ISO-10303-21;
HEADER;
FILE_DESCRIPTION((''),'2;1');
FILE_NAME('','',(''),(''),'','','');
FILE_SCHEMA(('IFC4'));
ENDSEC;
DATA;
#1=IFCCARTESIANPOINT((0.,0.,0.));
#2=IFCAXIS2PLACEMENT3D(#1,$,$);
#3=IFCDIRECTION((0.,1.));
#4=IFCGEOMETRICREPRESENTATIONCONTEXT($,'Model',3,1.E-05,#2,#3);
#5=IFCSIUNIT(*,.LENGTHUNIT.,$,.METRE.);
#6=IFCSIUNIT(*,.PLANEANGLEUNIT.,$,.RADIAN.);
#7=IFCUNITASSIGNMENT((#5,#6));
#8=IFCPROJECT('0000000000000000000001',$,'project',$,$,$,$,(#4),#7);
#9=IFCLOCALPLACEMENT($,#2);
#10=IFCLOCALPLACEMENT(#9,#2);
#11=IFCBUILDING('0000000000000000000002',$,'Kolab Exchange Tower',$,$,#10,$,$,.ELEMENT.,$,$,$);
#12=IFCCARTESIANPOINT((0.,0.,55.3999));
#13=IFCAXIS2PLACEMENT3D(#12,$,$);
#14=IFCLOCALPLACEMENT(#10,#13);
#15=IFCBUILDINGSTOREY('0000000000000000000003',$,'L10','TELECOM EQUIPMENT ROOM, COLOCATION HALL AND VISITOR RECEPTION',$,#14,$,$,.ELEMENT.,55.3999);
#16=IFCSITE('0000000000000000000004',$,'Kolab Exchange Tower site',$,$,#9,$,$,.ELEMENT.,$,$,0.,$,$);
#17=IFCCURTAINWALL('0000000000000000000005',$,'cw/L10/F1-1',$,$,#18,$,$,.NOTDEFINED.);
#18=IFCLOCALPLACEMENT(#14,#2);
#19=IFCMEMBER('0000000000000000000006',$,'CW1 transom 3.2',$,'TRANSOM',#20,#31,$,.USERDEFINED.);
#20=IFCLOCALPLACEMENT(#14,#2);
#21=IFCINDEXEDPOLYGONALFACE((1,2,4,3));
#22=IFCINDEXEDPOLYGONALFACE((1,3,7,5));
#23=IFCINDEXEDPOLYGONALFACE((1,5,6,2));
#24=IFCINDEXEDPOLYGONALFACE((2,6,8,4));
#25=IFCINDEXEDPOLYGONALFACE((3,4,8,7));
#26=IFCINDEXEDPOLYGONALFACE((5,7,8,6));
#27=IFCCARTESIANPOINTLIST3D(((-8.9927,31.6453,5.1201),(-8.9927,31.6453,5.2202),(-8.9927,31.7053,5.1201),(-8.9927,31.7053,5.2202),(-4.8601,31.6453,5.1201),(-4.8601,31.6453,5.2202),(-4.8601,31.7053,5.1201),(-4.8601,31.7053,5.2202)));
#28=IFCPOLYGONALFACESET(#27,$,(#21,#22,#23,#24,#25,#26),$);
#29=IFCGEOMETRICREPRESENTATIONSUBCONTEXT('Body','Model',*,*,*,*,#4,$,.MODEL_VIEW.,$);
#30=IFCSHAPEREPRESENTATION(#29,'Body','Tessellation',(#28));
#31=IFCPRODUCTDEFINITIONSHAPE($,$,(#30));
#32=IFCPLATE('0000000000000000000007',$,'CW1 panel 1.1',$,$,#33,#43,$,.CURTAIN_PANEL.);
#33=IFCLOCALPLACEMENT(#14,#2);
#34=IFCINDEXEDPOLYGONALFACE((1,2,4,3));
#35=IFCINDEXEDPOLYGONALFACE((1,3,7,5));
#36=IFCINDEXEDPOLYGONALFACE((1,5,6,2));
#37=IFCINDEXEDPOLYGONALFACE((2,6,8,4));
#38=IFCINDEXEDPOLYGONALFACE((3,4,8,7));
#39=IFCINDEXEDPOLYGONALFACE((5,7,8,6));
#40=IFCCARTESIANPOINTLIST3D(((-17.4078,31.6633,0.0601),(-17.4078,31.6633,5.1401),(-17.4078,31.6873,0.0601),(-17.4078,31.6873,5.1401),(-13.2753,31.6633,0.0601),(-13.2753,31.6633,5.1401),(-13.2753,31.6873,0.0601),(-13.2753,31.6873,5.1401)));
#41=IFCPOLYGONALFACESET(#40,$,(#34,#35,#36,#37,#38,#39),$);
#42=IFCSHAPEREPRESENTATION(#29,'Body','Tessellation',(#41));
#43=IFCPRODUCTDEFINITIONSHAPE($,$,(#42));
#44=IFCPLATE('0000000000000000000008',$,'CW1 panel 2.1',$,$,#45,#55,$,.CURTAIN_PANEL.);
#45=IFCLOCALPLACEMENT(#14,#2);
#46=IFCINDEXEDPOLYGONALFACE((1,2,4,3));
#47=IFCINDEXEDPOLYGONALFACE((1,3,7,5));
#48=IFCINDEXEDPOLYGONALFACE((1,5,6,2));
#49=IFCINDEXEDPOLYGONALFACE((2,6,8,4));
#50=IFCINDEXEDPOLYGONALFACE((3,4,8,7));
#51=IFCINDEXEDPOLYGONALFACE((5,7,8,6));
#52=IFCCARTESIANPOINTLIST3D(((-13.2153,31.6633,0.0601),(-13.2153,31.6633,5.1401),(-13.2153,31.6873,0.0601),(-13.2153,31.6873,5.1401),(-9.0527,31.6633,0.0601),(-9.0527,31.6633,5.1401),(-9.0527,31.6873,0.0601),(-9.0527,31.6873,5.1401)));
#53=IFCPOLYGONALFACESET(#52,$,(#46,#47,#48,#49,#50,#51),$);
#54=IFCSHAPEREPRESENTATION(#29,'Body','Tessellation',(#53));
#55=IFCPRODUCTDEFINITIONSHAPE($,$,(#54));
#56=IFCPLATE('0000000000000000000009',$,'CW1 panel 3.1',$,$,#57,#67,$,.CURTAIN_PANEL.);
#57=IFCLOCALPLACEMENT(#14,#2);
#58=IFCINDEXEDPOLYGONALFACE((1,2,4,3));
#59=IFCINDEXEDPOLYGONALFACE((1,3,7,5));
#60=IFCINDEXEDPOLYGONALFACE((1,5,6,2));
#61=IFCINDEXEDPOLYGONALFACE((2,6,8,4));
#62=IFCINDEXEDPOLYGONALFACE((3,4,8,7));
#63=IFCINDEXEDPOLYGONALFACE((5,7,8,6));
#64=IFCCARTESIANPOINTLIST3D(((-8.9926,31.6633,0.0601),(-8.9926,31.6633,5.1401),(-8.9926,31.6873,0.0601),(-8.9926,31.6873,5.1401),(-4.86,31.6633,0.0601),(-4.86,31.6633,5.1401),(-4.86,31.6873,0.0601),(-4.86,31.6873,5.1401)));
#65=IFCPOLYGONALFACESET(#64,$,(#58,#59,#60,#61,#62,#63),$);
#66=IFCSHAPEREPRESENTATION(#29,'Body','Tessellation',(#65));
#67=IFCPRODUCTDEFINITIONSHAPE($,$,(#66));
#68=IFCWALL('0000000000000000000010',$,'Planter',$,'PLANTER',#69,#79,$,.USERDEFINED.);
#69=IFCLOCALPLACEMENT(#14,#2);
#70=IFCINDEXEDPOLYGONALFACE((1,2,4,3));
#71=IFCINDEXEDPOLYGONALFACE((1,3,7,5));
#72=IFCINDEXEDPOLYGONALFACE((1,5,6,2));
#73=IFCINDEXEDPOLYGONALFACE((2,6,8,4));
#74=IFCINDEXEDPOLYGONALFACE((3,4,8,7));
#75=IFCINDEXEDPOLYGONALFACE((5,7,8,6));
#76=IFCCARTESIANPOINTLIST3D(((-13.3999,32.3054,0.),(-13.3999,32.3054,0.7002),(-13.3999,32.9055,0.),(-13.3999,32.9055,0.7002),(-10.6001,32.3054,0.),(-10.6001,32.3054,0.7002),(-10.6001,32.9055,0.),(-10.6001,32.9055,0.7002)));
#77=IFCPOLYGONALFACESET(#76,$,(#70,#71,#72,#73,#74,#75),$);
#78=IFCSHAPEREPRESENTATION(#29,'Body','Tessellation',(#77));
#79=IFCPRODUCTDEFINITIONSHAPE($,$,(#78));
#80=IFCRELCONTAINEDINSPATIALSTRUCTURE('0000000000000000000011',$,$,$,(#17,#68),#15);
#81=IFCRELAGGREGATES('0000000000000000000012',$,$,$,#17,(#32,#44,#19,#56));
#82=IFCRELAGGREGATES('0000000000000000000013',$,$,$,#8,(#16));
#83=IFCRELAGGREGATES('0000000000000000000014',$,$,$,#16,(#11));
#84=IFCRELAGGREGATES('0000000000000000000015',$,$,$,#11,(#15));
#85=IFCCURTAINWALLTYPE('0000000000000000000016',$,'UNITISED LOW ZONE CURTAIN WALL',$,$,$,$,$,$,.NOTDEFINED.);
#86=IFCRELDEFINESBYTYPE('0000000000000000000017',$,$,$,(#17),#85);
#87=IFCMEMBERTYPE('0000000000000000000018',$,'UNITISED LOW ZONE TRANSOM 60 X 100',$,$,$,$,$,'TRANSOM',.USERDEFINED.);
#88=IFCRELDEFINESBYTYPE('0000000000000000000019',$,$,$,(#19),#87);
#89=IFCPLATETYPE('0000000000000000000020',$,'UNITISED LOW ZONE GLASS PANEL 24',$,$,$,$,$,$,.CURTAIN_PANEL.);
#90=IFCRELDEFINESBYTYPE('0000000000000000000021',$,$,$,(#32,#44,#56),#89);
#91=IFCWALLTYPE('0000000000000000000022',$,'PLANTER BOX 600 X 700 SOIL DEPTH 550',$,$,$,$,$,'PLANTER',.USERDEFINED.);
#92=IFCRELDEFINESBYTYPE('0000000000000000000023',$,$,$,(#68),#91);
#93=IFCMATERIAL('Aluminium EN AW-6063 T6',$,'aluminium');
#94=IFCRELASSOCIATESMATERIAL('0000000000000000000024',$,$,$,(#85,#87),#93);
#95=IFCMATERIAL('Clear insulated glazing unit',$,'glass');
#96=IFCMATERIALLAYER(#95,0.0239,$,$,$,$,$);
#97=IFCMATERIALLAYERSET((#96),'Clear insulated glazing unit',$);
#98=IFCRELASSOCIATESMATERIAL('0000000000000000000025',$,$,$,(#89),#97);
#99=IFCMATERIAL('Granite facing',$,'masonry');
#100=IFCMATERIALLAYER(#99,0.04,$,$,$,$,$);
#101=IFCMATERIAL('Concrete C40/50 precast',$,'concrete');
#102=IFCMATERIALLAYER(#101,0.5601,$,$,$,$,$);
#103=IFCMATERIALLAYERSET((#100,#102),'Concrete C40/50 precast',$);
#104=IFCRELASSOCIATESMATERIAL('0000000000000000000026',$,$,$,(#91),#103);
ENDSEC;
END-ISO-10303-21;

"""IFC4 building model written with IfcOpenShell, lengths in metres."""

from ifc_helpers import new_model, si_unit, direction, frame, frame_2d, origin, origin_2d, place, context, subcontext, project, spatial, rectangle, extrude, material, layer, layer_set, material_profile, profile_set, type_object, element, aggregate, save


model = new_model("IFC4")

# Units and contexts
model_context = context("Model", 3, precision=1e-05, world=origin(), true_north=direction((0.0, 1.0)))
body_context = subcontext(model_context, "Body", "Model", "MODEL_VIEW")
ifc_project = project(units=[si_unit("LENGTHUNIT", "METRE"), si_unit("PLANEANGLEUNIT", "RADIAN")], contexts=[model_context])

# Site, building, storey
site_placement = place(None, origin())
site = spatial("IfcSite", under=ifc_project, at=site_placement, Name="Kolab Exchange Tower site", CompositionType="ELEMENT", RefElevation=0.0)
building_placement = place(site_placement, origin())
building = spatial("IfcBuilding", under=site, at=building_placement, Name="Kolab Exchange Tower", CompositionType="ELEMENT")
storey_placement = place(building_placement, frame((0.0, 0.0, 55.3999)))
storey = spatial("IfcBuildingStorey", under=building, at=storey_placement, Name="L10", Description="TELECOM EQUIPMENT ROOM, COLOCATION HALL AND VISITOR RECEPTION", CompositionType="ELEMENT", Elevation=55.3999)

# Curtain wall, member, plates
ifc_material_1 = material(Name="Aluminium EN AW-6063 T6", Category="aluminium")
curtain_wall_type = type_object("IfcCurtainWallType", Name="UNITISED LOW ZONE CURTAIN WALL", PredefinedType="NOTDEFINED", material=ifc_material_1)
curtain_wall_placement = place(storey_placement, origin())
curtain_wall = element("IfcCurtainWall", 1, at=curtain_wall_placement, inside=storey, type_object=curtain_wall_type, Name="cw/L10/F1-1", PredefinedType="NOTDEFINED")
ifc_material_profile_1 = material_profile(ifc_material_1, rectangle(XDim=0.0601, YDim=0.1001, at=origin_2d()), Name="RECT 60X100")
ifc_profile_set_1 = profile_set([ifc_material_profile_1], Name="Aluminium EN AW-6063 T6")
member_type_1 = type_object("IfcMemberType", Name="UNITISED LOW ZONE TRANSOM 60 X 100", ElementType="TRANSOM", PredefinedType="USERDEFINED", material=ifc_profile_set_1)
member_1_placement = place(storey_placement, frame((-8.9927, 31.6753, 5.1702), z_axis=(1.0, 0.0, 0.0), x_axis=(0.0, 1.0, 0.0)))
member_1 = element("IfcMember", 2, at=member_1_placement, type_object=member_type_1, Name="CW1 transom 3.2", ObjectType="TRANSOM", PredefinedType="USERDEFINED", context=body_context, shape_type="SweptSolid", body=[
    extrude(rectangle(XDim=0.0601, YDim=0.1001, at=origin_2d()), origin(), (0.0, 0.0, 1.0), 4.1326),
])
ifc_material_2 = material(Name="Clear insulated glazing unit", Category="glass")
ifc_layer_1 = layer(ifc_material_2, 0.0239)
ifc_layer_set_1 = layer_set([ifc_layer_1], Name="Clear insulated glazing unit")
plate_type = type_object("IfcPlateType", Name="UNITISED LOW ZONE GLASS PANEL 24", PredefinedType="CURTAIN_PANEL", material=ifc_layer_set_1)
plate_1_placement = place(storey_placement, frame((-15.3416, 31.6753, 0.0601), z_axis=(0.0, 0.0, 1.0), x_axis=(1.0, 0.0, 0.0)))
plate_1 = element("IfcPlate", 3, at=plate_1_placement, type_object=plate_type, Name="CW1 panel 1.1", PredefinedType="CURTAIN_PANEL", context=body_context, shape_type="SweptSolid", body=[
    extrude(rectangle(XDim=4.1326, YDim=0.0239, at=origin_2d()), origin(), (0.0, 0.0, 1.0), 5.0801),
])
plate_2_placement = place(storey_placement, frame((-11.134, 31.6753, 0.0601), z_axis=(0.0, 0.0, 1.0), x_axis=(1.0, 0.0, 0.0)))
plate_2 = element("IfcPlate", 4, at=plate_2_placement, type_object=plate_type, Name="CW1 panel 2.1", PredefinedType="CURTAIN_PANEL", context=body_context, shape_type="SweptSolid", body=[
    extrude(rectangle(XDim=4.1626, YDim=0.0239, at=origin_2d()), origin(), (0.0, 0.0, 1.0), 5.0801),
])
plate_3_placement = place(storey_placement, frame((-6.9263, 31.6753, 0.0601), z_axis=(0.0, 0.0, 1.0), x_axis=(1.0, 0.0, 0.0)))
plate_3 = element("IfcPlate", 5, at=plate_3_placement, type_object=plate_type, Name="CW1 panel 3.1", PredefinedType="CURTAIN_PANEL", context=body_context, shape_type="SweptSolid", body=[
    extrude(rectangle(XDim=4.1326, YDim=0.0239, at=origin_2d()), origin(), (0.0, 0.0, 1.0), 5.0801),
])
aggregate(curtain_wall, [plate_1, plate_2, member_1, plate_3])

# Wall
ifc_material_3 = material(Name="Granite facing", Category="masonry")
ifc_layer_2 = layer(ifc_material_3, 0.04)
ifc_material_4 = material(Name="Concrete C40/50 precast", Category="concrete")
ifc_layer_3 = layer(ifc_material_4, 0.5601)
ifc_layer_set_2 = layer_set([ifc_layer_2, ifc_layer_3], Name="Concrete C40/50 precast")
wall_type_1 = type_object("IfcWallType", Name="PLANTER BOX 600 X 700 SOIL DEPTH 550", ElementType="PLANTER", PredefinedType="USERDEFINED", material=ifc_layer_set_2)
wall_1_placement = place(storey_placement, frame((-13.3999, 32.6055, 0.0), z_axis=(0.0, 0.0, 1.0), x_axis=(1.0, 0.0, 0.0)))
element("IfcWall", 6, at=wall_1_placement, inside=storey, type_object=wall_type_1, Name="Planter", ObjectType="PLANTER", PredefinedType="USERDEFINED", context=body_context, shape_type="SweptSolid", body=[
    extrude(rectangle(XDim=2.7998, YDim=0.6001, at=frame_2d((1.3999, 0.0))), origin(), (0.0, 0.0, 1.0), 0.7002),
])

save(model, "model.ifc")
